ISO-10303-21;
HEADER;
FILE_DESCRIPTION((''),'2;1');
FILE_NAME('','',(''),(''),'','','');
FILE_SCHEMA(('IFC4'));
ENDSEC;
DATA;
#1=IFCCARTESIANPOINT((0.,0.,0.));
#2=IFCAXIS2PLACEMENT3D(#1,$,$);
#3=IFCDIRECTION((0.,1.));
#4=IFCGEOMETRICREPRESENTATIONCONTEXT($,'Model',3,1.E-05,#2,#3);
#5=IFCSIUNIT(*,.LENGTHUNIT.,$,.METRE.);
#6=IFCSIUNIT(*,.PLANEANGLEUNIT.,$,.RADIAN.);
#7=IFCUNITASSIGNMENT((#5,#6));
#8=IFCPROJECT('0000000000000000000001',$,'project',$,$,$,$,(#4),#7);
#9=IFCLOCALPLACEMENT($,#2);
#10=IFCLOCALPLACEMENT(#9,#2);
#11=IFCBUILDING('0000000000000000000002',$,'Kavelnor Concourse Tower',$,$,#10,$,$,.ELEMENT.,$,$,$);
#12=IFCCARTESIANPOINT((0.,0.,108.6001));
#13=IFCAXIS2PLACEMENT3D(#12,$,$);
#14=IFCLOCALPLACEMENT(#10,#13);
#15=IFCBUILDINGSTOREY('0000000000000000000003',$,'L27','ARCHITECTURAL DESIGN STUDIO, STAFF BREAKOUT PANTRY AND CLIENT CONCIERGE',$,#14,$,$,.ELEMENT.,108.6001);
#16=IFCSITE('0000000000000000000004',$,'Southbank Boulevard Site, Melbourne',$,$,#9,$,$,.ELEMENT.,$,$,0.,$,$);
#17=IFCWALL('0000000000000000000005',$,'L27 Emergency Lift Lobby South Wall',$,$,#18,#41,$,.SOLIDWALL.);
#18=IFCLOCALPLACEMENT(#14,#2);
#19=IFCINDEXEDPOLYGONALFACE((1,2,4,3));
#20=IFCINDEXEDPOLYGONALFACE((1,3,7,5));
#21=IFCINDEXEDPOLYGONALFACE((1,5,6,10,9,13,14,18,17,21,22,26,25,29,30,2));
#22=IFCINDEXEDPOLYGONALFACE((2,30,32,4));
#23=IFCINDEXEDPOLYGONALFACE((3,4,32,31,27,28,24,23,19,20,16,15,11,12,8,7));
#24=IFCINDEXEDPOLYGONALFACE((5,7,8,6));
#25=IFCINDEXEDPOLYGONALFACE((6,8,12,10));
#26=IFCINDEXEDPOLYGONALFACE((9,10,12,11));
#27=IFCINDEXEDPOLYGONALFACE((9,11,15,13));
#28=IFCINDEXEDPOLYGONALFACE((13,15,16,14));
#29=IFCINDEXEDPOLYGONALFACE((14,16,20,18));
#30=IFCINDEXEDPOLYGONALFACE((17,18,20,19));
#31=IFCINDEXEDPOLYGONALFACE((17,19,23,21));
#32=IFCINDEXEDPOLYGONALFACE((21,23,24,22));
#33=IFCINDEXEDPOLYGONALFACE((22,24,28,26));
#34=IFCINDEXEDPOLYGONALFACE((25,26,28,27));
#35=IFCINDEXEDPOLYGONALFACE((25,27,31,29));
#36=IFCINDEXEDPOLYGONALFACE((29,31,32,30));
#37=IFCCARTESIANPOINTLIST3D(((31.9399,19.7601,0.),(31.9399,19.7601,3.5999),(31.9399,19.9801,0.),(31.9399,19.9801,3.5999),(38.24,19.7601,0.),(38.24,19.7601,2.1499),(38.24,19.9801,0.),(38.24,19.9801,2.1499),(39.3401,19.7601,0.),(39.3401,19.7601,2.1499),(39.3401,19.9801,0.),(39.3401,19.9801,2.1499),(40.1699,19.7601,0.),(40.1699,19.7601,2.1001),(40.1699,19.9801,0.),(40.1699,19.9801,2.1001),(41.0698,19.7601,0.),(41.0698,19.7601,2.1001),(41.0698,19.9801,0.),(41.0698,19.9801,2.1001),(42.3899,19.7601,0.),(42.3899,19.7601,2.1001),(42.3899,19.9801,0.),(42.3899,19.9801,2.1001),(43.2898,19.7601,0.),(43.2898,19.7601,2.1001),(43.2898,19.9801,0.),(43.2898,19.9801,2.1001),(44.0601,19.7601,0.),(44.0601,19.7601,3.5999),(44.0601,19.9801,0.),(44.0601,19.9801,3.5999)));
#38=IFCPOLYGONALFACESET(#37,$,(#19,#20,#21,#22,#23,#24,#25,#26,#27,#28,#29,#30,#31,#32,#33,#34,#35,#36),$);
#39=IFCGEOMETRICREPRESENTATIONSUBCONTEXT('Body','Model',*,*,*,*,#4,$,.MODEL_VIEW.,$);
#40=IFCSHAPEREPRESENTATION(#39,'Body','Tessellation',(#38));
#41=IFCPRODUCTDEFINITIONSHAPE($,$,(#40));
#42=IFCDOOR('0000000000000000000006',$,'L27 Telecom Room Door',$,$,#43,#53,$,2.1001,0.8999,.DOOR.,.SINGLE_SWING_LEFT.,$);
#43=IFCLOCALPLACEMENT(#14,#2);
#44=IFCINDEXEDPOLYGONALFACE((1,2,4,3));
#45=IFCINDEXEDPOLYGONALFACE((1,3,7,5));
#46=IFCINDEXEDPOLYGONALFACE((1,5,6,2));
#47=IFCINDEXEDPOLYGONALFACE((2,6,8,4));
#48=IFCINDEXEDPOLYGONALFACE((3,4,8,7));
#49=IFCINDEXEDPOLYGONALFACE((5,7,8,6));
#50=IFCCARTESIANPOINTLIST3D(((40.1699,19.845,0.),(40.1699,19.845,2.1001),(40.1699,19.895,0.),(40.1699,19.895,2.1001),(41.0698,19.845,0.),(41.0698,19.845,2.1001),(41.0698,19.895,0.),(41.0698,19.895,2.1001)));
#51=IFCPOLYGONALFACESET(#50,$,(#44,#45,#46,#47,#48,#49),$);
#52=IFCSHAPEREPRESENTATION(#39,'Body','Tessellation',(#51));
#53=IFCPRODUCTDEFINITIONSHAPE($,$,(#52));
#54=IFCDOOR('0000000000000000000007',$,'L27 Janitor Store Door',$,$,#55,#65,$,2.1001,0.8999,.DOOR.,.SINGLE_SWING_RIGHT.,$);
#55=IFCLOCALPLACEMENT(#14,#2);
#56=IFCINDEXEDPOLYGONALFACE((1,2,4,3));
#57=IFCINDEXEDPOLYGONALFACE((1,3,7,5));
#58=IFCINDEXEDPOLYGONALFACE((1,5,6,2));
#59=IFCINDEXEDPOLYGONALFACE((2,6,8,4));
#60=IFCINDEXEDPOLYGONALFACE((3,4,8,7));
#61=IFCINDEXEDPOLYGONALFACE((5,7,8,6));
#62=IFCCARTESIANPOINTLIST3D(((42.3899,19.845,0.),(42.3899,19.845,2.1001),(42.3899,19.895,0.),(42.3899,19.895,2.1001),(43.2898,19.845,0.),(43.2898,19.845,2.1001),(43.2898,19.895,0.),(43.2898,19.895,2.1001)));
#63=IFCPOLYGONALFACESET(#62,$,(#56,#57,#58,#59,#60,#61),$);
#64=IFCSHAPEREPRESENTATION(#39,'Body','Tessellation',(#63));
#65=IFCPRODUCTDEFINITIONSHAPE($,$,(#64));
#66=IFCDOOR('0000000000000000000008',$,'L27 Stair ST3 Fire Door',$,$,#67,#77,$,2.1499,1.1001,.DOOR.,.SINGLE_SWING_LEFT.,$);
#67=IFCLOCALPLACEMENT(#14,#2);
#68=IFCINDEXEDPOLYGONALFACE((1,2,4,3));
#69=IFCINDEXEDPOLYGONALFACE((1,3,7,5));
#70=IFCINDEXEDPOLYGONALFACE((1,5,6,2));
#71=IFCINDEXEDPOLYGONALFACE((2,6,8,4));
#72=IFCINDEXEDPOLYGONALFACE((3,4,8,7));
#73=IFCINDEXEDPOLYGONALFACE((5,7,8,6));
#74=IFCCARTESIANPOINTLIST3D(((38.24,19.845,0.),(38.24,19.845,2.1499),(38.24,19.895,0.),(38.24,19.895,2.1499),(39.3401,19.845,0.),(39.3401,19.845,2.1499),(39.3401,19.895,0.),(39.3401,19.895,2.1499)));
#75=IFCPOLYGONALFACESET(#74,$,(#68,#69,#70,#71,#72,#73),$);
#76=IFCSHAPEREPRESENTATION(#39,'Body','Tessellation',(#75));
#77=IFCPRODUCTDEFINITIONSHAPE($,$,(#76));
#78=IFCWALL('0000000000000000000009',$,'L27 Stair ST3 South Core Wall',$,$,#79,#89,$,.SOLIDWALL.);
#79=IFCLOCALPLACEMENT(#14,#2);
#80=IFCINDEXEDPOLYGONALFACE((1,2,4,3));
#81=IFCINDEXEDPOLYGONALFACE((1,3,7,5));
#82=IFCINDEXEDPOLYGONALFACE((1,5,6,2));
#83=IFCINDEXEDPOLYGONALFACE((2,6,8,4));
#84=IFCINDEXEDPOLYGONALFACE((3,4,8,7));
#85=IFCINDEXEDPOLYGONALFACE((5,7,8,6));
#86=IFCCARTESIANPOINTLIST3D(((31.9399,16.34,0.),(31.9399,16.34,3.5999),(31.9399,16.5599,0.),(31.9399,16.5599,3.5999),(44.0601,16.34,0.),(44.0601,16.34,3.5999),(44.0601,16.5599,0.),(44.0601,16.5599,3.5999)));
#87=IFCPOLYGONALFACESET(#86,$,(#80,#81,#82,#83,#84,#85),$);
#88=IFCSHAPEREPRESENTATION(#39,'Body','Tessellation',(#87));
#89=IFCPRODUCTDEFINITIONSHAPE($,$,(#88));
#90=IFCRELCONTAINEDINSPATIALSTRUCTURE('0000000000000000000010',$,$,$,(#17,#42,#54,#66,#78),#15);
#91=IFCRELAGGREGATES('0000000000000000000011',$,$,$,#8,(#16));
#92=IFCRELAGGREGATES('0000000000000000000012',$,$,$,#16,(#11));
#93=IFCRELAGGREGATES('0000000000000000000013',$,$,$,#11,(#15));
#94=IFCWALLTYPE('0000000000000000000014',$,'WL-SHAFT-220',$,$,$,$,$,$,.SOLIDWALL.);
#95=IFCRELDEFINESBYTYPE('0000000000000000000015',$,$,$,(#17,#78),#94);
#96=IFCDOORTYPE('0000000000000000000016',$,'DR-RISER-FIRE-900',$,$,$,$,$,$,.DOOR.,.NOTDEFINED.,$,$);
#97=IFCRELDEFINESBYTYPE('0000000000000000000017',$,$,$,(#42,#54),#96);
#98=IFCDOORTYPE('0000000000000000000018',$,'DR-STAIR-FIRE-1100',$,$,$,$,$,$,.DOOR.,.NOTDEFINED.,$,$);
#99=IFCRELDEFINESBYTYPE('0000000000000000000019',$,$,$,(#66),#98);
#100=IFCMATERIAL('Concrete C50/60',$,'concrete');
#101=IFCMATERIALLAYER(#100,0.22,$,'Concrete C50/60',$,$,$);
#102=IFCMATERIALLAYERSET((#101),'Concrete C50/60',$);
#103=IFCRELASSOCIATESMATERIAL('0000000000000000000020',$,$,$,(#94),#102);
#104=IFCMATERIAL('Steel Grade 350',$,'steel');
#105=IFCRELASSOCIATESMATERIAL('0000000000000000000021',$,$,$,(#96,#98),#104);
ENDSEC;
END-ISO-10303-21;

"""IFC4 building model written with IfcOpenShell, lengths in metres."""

from ifc_helpers import new_model, si_unit, direction, frame, frame_2d, origin, place, context, subcontext, project, spatial, rectangle, extrude, material, layer, layer_set, type_object, element, fill, save


model = new_model("IFC4")

# Units and contexts
model_context = context("Model", 3, precision=1e-05, world=origin(), true_north=direction((0.0, 1.0)))
body_context = subcontext(model_context, "Body", "Model", "MODEL_VIEW")
ifc_project = project(units=[si_unit("LENGTHUNIT", "METRE"), si_unit("PLANEANGLEUNIT", "RADIAN")], contexts=[model_context])

# Site, building, storey
site_placement = place(None, origin())
site = spatial("IfcSite", under=ifc_project, at=site_placement, Name="Southbank Boulevard Site, Melbourne", CompositionType="ELEMENT", RefElevation=0.0)
building_placement = place(site_placement, origin())
building = spatial("IfcBuilding", under=site, at=building_placement, Name="Kavelnor Concourse Tower", CompositionType="ELEMENT")
storey_placement = place(building_placement, frame((0.0, 0.0, 108.6001)))
storey = spatial("IfcBuildingStorey", under=building, at=storey_placement, Name="L27", Description="ARCHITECTURAL DESIGN STUDIO, STAFF BREAKOUT PANTRY AND CLIENT CONCIERGE", CompositionType="ELEMENT", Elevation=108.6001)

# Shared definitions
ifc_material_1 = material(Name="Steel Grade 350", Category="steel")

# Wall, openings, doors
ifc_material_2 = material(Name="Concrete C50/60", Category="concrete")
ifc_layer_1 = layer(ifc_material_2, 0.22, Name="Concrete C50/60")
ifc_layer_set_1 = layer_set([ifc_layer_1], Name="Concrete C50/60")
wall_type_1 = type_object("IfcWallType", Name="WL-SHAFT-220", PredefinedType="SOLIDWALL", material=ifc_layer_set_1)
wall_1_placement = place(storey_placement, frame((31.9399, 19.8701, 0.0), z_axis=(0.0, 0.0, 1.0), x_axis=(1.0, 0.0, 0.0)))
wall_1 = element("IfcWall", 1, at=wall_1_placement, inside=storey, type_object=wall_type_1, Name="L27 Emergency Lift Lobby South Wall", PredefinedType="SOLIDWALL", context=body_context, shape_type="SweptSolid", body=[
    extrude(rectangle(XDim=12.1201, YDim=0.22, at=frame_2d((6.0601, 0.0))), origin(), (0.0, 0.0, 1.0), 3.5999),
])
opening_1_placement = place(wall_1_placement, frame((6.3, 0.0, 0.0)))
opening_1 = element("IfcOpeningElement", 2, at=opening_1_placement, cuts=wall_1, PredefinedType="OPENING", context=body_context, shape_type="SweptSolid", body=[
    extrude(rectangle(XDim=1.1001, YDim=2.1499, at=frame_2d((0.55, 1.075))), frame((0.0, 0.1201, 0.0), z_axis=(0.0, -1.0, 0.0), x_axis=(1.0, 0.0, 0.0)), (0.0, 0.0, 1.0), 0.24),
])
opening_2_placement = place(wall_1_placement, frame((8.23, 0.0, 0.0)))
opening_2 = element("IfcOpeningElement", 3, at=opening_2_placement, cuts=wall_1, PredefinedType="OPENING", context=body_context, shape_type="SweptSolid", body=[
    extrude(rectangle(XDim=0.8999, YDim=2.1001, at=frame_2d((0.45, 1.05))), frame((0.0, 0.1201, 0.0), z_axis=(0.0, -1.0, 0.0), x_axis=(1.0, 0.0, 0.0)), (0.0, 0.0, 1.0), 0.24),
])
opening_3_placement = place(wall_1_placement, frame((10.45, 0.0, 0.0)))
opening_3 = element("IfcOpeningElement", 4, at=opening_3_placement, cuts=wall_1, PredefinedType="OPENING", context=body_context, shape_type="SweptSolid", body=[
    extrude(rectangle(XDim=0.8999, YDim=2.1001, at=frame_2d((0.45, 1.05))), frame((0.0, 0.1201, 0.0), z_axis=(0.0, -1.0, 0.0), x_axis=(1.0, 0.0, 0.0)), (0.0, 0.0, 1.0), 0.24),
])
door_type_1 = type_object("IfcDoorType", Name="DR-RISER-FIRE-900", OperationType="NOTDEFINED", PredefinedType="DOOR", material=ifc_material_1)
door_1_placement = place(opening_2_placement, origin())
door_1 = element("IfcDoor", 5, at=door_1_placement, inside=storey, type_object=door_type_1, Name="L27 Telecom Room Door", OperationType="SINGLE_SWING_LEFT", OverallHeight=2.1001, OverallWidth=0.8999, PredefinedType="DOOR", context=body_context, shape_type="SweptSolid", body=[
    extrude(rectangle(XDim=0.8999, YDim=2.1001, at=frame_2d((0.45, 1.05))), frame((0.0, 0.0249, 0.0), z_axis=(0.0, -1.0, 0.0), x_axis=(1.0, 0.0, 0.0)), (0.0, 0.0, 1.0), 0.05),
])
fill(opening_2, door_1)
door_2_placement = place(opening_3_placement, origin())
door_2 = element("IfcDoor", 6, at=door_2_placement, inside=storey, type_object=door_type_1, Name="L27 Janitor Store Door", OperationType="SINGLE_SWING_RIGHT", OverallHeight=2.1001, OverallWidth=0.8999, PredefinedType="DOOR", context=body_context, shape_type="SweptSolid", body=[
    extrude(rectangle(XDim=0.8999, YDim=2.1001, at=frame_2d((0.45, 1.05))), frame((0.0, 0.0249, 0.0), z_axis=(0.0, -1.0, 0.0), x_axis=(1.0, 0.0, 0.0)), (0.0, 0.0, 1.0), 0.05),
])
fill(opening_3, door_2)
door_type_2 = type_object("IfcDoorType", Name="DR-STAIR-FIRE-1100", OperationType="NOTDEFINED", PredefinedType="DOOR", material=ifc_material_1)
door_3_placement = place(opening_1_placement, origin())
door_3 = element("IfcDoor", 7, at=door_3_placement, inside=storey, type_object=door_type_2, Name="L27 Stair ST3 Fire Door", OperationType="SINGLE_SWING_LEFT", OverallHeight=2.1499, OverallWidth=1.1001, PredefinedType="DOOR", context=body_context, shape_type="SweptSolid", body=[
    extrude(rectangle(XDim=1.1001, YDim=2.1499, at=frame_2d((0.55, 1.075))), frame((0.0, 0.0249, 0.0), z_axis=(0.0, -1.0, 0.0), x_axis=(1.0, 0.0, 0.0)), (0.0, 0.0, 1.0), 0.05),
])
fill(opening_1, door_3)

# Wall
wall_2_placement = place(storey_placement, frame((31.9399, 16.45, 0.0), z_axis=(0.0, 0.0, 1.0), x_axis=(1.0, 0.0, 0.0)))
element("IfcWall", 8, at=wall_2_placement, inside=storey, type_object=wall_type_1, Name="L27 Stair ST3 South Core Wall", PredefinedType="SOLIDWALL", context=body_context, shape_type="SweptSolid", body=[
    extrude(rectangle(XDim=12.1201, YDim=0.22, at=frame_2d((6.0601, 0.0))), origin(), (0.0, 0.0, 1.0), 3.5999),
])

save(model, "model.ifc")
